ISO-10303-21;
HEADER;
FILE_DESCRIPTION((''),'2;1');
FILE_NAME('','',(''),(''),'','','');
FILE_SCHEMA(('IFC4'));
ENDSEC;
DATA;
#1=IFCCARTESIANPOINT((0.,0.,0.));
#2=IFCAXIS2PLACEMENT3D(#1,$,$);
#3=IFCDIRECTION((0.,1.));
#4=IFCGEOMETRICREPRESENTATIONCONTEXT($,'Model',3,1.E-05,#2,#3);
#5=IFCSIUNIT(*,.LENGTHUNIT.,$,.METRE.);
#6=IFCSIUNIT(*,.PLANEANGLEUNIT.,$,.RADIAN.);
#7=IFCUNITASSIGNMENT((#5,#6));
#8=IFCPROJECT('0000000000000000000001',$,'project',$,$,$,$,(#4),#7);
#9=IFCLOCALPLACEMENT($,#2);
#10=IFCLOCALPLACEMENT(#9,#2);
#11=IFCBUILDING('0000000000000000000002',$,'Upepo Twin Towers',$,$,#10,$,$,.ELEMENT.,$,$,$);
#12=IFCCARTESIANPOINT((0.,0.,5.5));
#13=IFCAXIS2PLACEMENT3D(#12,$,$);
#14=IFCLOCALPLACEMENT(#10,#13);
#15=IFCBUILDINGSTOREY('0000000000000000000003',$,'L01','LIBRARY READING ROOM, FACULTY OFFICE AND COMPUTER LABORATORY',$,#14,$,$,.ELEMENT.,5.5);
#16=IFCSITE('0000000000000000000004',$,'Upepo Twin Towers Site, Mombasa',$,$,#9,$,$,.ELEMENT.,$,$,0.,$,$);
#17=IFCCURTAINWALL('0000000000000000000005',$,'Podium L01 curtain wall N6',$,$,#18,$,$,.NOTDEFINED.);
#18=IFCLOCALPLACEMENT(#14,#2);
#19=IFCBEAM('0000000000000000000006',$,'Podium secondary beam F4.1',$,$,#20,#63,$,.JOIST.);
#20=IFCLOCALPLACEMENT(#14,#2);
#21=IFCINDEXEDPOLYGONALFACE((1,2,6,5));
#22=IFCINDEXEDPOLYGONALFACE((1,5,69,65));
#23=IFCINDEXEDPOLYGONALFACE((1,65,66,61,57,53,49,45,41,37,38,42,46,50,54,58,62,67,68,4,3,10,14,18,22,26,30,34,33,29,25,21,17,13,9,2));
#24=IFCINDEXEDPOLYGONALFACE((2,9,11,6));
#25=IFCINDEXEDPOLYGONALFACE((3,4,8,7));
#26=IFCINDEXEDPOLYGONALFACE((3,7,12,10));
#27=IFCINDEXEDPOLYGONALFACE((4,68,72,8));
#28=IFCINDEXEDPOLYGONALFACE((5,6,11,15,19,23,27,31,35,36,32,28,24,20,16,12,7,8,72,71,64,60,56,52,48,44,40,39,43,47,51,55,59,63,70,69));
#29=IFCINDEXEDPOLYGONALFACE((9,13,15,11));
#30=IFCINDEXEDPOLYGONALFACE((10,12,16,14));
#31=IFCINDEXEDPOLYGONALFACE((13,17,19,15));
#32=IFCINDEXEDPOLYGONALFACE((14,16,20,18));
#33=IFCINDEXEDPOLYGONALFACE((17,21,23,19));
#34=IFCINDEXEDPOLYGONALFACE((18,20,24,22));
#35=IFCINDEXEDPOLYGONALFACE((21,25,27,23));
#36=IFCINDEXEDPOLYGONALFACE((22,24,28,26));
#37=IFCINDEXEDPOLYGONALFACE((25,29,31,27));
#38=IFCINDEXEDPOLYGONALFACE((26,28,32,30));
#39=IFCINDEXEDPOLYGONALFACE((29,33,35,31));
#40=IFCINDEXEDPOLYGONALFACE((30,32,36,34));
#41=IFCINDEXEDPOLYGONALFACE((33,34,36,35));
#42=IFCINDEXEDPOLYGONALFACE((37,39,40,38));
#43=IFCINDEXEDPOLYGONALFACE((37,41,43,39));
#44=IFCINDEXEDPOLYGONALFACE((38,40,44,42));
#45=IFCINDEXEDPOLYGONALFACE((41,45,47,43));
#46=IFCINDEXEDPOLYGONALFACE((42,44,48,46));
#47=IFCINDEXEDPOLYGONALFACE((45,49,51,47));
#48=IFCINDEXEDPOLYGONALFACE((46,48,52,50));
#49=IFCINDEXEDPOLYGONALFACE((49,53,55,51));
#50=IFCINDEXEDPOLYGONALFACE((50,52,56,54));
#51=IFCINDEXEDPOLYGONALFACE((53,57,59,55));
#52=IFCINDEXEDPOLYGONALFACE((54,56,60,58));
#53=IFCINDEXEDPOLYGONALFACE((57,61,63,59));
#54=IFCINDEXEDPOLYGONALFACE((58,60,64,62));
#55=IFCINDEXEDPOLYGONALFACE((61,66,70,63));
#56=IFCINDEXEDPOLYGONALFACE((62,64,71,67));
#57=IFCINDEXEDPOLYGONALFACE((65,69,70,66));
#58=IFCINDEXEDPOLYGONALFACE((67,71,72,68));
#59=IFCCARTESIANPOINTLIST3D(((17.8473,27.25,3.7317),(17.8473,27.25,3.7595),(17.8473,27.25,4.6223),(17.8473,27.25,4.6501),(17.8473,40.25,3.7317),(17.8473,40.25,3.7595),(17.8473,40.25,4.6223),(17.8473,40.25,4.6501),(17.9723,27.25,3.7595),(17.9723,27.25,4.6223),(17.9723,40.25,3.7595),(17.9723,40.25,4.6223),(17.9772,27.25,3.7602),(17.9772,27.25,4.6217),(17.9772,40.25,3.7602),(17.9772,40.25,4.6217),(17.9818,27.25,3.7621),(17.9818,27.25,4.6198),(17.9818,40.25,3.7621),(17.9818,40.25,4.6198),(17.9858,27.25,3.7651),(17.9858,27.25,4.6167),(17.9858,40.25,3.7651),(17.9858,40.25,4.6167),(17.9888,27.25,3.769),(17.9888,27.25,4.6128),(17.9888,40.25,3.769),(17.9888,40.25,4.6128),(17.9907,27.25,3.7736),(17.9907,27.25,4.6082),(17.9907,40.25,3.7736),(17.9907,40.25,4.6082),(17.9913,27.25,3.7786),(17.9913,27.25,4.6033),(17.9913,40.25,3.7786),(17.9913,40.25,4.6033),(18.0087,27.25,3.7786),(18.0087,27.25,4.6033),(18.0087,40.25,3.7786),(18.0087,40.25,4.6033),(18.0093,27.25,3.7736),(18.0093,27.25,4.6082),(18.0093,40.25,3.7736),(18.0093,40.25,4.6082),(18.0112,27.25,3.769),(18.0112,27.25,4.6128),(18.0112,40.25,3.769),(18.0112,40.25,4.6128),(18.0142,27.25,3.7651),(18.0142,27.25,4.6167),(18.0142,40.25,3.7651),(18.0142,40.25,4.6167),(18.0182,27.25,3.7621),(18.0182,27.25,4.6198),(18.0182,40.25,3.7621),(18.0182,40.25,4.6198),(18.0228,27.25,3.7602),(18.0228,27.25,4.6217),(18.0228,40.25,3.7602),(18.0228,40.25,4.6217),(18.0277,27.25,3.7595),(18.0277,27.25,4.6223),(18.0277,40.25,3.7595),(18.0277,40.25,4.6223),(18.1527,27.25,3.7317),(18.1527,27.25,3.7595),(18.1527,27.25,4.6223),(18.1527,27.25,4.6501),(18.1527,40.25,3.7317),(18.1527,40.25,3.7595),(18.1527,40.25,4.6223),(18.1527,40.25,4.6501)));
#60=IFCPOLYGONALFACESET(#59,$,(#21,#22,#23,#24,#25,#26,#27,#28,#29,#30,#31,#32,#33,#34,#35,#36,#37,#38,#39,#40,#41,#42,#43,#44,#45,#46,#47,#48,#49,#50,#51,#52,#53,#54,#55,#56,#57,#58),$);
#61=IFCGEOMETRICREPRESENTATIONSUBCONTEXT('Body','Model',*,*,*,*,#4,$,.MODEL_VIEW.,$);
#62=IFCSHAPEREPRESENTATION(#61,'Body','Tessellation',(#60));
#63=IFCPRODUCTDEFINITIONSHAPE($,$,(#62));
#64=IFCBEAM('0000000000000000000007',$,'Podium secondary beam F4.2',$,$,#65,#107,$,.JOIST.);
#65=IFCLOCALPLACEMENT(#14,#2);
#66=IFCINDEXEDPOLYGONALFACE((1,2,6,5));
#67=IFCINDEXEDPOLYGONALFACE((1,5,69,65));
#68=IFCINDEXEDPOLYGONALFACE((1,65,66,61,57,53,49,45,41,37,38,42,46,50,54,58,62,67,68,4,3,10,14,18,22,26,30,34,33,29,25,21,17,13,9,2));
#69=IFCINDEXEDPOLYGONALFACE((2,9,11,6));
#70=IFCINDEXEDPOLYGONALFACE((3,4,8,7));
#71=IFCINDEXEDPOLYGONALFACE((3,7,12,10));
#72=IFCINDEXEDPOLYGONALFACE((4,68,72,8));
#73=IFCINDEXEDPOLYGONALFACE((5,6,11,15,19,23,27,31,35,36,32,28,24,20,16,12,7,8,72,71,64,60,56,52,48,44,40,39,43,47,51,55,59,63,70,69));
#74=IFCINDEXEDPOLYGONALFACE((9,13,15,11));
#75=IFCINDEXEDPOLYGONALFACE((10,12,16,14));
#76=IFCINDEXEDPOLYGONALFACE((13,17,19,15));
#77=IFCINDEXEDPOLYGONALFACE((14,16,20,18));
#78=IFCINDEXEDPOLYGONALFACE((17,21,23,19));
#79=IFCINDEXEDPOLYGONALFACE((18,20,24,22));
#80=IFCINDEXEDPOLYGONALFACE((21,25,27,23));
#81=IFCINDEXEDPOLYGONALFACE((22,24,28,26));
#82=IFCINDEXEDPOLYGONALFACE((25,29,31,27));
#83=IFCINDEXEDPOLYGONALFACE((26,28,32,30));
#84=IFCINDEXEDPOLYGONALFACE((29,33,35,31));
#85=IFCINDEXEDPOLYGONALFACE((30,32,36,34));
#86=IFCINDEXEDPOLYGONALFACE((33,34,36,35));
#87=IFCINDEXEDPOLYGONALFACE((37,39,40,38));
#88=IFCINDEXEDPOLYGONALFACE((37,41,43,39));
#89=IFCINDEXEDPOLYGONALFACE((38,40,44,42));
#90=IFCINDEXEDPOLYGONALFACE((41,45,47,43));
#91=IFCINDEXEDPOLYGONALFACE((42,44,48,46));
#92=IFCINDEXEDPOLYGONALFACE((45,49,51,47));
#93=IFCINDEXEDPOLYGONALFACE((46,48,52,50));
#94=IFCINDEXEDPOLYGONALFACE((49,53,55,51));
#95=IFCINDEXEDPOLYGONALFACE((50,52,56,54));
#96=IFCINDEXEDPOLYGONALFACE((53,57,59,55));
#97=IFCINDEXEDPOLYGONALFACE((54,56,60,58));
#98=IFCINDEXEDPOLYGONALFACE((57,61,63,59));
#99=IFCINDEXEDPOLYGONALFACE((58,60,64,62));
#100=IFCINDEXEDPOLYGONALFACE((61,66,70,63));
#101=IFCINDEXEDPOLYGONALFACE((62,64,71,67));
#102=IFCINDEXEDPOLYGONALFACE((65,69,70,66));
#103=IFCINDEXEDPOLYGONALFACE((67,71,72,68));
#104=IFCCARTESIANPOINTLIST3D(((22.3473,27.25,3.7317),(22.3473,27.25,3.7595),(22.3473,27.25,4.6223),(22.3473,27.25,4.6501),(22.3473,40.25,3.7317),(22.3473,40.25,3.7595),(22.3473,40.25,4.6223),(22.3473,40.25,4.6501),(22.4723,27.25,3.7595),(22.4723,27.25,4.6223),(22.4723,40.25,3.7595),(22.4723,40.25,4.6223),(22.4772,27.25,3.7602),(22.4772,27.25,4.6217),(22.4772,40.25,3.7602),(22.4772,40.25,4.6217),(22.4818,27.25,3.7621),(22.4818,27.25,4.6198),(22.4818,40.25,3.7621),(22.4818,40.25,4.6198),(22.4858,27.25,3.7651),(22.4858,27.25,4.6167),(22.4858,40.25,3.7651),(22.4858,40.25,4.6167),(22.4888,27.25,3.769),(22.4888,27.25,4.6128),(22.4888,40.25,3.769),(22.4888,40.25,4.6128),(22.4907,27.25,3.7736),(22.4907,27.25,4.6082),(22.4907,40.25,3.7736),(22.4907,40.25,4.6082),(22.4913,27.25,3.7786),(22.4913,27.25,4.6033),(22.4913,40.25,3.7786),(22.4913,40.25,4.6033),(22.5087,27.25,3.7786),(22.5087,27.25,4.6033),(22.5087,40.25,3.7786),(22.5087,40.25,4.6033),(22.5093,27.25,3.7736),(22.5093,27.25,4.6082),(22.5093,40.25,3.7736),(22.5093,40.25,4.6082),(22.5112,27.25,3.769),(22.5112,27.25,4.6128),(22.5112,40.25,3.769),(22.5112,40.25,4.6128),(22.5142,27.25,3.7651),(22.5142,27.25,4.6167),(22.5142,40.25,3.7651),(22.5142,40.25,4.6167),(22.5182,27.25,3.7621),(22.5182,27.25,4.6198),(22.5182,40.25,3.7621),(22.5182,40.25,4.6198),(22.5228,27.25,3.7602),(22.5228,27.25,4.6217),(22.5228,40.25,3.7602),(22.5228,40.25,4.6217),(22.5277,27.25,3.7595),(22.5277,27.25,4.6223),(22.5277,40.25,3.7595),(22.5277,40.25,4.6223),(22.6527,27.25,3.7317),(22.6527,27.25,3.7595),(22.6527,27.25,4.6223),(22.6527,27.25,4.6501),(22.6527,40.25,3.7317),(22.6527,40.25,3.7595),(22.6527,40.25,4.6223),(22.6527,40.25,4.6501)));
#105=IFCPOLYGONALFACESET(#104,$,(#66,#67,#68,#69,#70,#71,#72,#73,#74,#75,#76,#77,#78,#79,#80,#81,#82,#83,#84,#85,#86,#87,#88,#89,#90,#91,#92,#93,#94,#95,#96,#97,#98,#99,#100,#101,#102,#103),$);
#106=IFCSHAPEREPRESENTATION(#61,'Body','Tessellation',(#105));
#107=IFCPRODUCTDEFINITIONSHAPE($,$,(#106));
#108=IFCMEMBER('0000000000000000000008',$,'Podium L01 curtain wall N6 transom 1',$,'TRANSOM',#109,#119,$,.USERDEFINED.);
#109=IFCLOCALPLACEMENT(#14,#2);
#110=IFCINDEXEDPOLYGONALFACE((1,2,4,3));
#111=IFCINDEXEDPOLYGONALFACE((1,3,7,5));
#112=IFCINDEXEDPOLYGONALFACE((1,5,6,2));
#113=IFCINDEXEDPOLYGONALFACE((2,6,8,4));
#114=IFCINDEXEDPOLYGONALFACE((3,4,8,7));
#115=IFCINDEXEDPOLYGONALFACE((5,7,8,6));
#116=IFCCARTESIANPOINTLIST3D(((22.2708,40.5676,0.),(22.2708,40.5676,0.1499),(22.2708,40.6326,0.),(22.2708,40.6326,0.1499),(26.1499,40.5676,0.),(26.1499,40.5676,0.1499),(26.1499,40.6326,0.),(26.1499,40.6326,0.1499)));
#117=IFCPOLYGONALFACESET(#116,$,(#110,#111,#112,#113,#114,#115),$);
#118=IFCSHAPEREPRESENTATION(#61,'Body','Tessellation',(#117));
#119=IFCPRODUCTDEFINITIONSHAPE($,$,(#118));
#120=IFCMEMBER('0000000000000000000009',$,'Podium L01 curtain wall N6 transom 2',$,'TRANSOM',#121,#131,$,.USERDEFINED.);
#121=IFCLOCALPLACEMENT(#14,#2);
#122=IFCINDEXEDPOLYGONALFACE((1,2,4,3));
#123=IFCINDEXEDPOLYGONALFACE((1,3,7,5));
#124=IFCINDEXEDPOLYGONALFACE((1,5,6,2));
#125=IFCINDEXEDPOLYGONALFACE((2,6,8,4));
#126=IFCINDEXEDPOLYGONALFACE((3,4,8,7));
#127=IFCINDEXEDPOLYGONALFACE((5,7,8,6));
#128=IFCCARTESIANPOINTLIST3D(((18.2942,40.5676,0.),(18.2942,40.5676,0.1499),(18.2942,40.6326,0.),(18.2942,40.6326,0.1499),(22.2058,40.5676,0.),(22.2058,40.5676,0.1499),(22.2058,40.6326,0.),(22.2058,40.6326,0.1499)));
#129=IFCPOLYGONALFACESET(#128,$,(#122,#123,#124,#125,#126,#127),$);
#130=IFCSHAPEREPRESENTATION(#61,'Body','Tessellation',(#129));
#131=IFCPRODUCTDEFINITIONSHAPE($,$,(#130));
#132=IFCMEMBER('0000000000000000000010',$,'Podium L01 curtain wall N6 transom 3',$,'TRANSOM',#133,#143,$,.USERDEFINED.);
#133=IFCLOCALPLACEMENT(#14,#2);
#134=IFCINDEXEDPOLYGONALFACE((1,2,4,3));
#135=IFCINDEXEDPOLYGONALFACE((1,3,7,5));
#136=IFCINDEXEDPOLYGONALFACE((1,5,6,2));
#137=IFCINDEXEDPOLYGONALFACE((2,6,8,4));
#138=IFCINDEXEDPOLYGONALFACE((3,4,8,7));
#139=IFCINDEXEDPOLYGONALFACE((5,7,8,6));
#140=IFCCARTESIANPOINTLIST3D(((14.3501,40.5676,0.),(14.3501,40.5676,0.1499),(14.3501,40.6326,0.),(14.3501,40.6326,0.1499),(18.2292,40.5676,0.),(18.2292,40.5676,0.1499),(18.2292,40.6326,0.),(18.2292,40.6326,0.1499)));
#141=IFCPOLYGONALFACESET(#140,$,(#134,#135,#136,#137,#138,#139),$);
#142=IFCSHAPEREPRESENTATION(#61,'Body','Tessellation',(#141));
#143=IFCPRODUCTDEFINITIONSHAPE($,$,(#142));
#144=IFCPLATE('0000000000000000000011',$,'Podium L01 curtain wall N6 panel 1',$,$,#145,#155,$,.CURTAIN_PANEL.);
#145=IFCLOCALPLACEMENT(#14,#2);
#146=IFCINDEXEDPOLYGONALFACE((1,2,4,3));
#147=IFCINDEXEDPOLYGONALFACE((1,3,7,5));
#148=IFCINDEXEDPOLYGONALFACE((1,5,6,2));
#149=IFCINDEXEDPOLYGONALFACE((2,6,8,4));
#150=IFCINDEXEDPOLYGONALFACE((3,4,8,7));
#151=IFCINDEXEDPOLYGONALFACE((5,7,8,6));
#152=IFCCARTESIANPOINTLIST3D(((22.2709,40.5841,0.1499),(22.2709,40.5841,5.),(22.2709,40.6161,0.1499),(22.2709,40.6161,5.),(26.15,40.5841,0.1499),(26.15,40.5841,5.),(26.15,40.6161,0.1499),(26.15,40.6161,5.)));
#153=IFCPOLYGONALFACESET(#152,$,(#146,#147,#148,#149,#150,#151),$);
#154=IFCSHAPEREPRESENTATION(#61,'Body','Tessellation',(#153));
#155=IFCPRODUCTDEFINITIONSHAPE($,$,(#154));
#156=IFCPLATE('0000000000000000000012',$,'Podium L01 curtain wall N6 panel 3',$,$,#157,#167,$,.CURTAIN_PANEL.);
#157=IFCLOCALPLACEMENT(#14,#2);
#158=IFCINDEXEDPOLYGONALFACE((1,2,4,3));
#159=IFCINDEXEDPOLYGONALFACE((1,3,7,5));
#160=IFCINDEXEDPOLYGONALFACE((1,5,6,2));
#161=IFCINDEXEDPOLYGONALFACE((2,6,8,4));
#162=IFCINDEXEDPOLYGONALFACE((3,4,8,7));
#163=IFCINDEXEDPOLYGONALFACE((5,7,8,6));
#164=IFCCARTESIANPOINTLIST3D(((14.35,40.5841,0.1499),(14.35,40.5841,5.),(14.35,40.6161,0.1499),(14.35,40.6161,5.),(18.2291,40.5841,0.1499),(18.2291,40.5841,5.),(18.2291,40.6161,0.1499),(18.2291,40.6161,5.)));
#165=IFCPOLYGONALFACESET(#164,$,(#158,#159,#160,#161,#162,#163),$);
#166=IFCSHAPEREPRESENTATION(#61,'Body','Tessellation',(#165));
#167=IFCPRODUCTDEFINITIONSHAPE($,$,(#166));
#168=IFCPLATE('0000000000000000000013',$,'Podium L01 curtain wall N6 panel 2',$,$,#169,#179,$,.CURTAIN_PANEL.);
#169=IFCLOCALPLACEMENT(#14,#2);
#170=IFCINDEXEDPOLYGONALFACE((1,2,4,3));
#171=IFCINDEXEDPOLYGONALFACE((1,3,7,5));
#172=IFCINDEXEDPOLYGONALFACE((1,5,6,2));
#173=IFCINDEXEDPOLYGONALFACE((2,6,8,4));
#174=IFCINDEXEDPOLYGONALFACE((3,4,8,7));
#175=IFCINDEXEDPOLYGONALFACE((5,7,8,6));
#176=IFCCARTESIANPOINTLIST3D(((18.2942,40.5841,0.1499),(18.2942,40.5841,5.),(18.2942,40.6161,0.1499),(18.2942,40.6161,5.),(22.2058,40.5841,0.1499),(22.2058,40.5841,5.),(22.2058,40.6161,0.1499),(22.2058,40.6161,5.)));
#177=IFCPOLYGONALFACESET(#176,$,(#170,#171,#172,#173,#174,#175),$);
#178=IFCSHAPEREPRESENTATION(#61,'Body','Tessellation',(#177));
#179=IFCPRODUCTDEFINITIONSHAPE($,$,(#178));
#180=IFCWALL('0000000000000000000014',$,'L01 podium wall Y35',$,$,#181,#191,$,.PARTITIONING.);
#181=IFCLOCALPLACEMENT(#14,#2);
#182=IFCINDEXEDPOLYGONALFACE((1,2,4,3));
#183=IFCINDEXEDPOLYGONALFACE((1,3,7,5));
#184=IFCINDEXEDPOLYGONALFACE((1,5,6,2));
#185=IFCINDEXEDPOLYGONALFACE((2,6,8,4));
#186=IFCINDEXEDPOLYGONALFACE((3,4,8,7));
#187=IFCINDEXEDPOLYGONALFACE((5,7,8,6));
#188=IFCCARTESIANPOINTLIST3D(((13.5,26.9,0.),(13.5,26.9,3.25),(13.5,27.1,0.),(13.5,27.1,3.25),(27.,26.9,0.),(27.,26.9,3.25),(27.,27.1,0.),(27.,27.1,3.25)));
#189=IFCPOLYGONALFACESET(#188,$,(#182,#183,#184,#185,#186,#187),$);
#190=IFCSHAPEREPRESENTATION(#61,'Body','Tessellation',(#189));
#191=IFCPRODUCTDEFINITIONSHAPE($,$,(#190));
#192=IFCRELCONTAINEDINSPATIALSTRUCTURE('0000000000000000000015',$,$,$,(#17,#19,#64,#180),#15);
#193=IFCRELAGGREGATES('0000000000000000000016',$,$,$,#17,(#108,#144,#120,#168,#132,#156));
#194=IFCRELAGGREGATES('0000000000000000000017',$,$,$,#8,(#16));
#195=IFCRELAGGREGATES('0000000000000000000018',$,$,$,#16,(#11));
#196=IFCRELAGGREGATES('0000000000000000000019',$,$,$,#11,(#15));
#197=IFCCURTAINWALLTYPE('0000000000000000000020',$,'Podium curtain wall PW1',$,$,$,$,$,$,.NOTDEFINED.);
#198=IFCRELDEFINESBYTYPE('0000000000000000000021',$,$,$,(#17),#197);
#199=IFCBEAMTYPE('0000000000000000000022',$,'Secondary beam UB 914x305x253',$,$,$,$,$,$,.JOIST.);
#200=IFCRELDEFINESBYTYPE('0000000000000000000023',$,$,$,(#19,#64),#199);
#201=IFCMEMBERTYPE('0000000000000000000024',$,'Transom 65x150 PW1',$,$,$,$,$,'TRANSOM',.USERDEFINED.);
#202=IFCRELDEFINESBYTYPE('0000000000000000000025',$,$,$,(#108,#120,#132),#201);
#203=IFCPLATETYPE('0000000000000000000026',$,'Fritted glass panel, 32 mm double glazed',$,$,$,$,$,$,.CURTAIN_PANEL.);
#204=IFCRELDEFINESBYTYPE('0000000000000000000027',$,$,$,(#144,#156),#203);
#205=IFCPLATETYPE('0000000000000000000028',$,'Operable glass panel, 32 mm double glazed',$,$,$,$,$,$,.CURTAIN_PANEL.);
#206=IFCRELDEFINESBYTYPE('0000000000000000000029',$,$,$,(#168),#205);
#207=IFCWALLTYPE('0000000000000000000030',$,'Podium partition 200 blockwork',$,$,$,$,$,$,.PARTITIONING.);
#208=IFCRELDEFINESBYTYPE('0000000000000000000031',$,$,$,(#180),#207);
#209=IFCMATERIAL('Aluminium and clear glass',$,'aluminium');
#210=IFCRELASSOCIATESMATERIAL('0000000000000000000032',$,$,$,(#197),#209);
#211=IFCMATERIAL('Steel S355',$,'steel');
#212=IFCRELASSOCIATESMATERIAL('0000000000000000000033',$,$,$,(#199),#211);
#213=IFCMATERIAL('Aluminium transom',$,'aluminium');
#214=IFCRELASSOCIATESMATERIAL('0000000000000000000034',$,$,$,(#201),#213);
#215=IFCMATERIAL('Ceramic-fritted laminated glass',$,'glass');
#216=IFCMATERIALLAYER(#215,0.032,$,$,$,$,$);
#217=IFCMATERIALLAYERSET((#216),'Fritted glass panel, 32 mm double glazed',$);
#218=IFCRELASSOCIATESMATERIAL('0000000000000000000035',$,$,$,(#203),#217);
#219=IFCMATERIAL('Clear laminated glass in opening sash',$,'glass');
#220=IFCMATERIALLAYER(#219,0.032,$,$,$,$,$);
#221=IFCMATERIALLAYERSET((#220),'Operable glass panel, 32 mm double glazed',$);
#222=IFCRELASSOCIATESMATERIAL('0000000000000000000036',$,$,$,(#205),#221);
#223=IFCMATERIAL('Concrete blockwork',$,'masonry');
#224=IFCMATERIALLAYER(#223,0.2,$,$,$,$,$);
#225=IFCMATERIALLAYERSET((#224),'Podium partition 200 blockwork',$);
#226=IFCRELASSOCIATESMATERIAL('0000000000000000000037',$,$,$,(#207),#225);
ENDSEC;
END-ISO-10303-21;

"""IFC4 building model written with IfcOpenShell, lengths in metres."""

from ifc_helpers import new_model, si_unit, direction, frame, frame_2d, origin, origin_2d, place, context, subcontext, project, spatial, rectangle, i_section, extrude, material, layer, layer_set, material_profile, profile_set, type_object, element, aggregate, save


model = new_model("IFC4")

# Units and contexts
model_context = context("Model", 3, precision=1e-05, world=origin(), true_north=direction((0.0, 1.0)))
body_context = subcontext(model_context, "Body", "Model", "MODEL_VIEW")
ifc_project = project(units=[si_unit("LENGTHUNIT", "METRE"), si_unit("PLANEANGLEUNIT", "RADIAN")], contexts=[model_context])

# Site, building, storey
site_placement = place(None, origin())
site = spatial("IfcSite", under=ifc_project, at=site_placement, Name="Upepo Twin Towers Site, Mombasa", CompositionType="ELEMENT", RefElevation=0.0)
building_placement = place(site_placement, origin())
building = spatial("IfcBuilding", under=site, at=building_placement, Name="Upepo Twin Towers", CompositionType="ELEMENT")
storey_placement = place(building_placement, frame((0.0, 0.0, 5.5)))
storey = spatial("IfcBuildingStorey", under=building, at=storey_placement, Name="L01", Description="LIBRARY READING ROOM, FACULTY OFFICE AND COMPUTER LABORATORY", CompositionType="ELEMENT", Elevation=5.5)

# Curtain wall
ifc_material_1 = material(Name="Aluminium and clear glass", Category="aluminium")
curtain_wall_type = type_object("IfcCurtainWallType", Name="Podium curtain wall PW1", PredefinedType="NOTDEFINED", material=ifc_material_1)
curtain_wall_placement = place(storey_placement, origin())
curtain_wall = element("IfcCurtainWall", 1, at=curtain_wall_placement, inside=storey, type_object=curtain_wall_type, Name="Podium L01 curtain wall N6", PredefinedType="NOTDEFINED")

# Beams
ifc_material_2 = material(Name="Steel S355", Category="steel")
ifc_material_profile_1 = material_profile(ifc_material_2, i_section(OverallWidth=0.3054, OverallDepth=0.9185, WebThickness=0.0173, FlangeThickness=0.0278, FilletRadius=0.019, at=origin_2d()), Name="UB 914x305x253")
ifc_profile_set_1 = profile_set([ifc_material_profile_1], Name="Steel S355")
beam_type_1 = type_object("IfcBeamType", Name="Secondary beam UB 914x305x253", PredefinedType="JOIST", material=ifc_profile_set_1)
for number, where, z_axis, x_axis, name in (
    (2, (18.0, 27.25, 4.1909), (0.0, 1.0, 0.0), (-1.0, 0.0, 0.0), "Podium secondary beam F4.1"),
    (3, (22.5, 27.25, 4.1909), (0.0, 1.0, 0.0), (-1.0, 0.0, 0.0), "Podium secondary beam F4.2"),
):
    element("IfcBeam", number, at=place(storey_placement, frame(where, z_axis=z_axis, x_axis=x_axis)), inside=storey, type_object=beam_type_1, Name=name, PredefinedType="JOIST", context=body_context, shape_type="SweptSolid", body=[
        extrude(i_section(OverallWidth=0.3054, OverallDepth=0.9185, WebThickness=0.0173, FlangeThickness=0.0278, FilletRadius=0.019, at=origin_2d()), origin(), (0.0, 0.0, 1.0), 13.0),
    ])

# Members
ifc_material_3 = material(Name="Aluminium transom", Category="aluminium")
ifc_material_profile_2 = material_profile(ifc_material_3, rectangle(XDim=0.0649, YDim=0.1499, at=origin_2d()), Name="TRANSOM 65x150 PODIUM")
ifc_profile_set_2 = profile_set([ifc_material_profile_2], Name="Aluminium transom")
member_type_1 = type_object("IfcMemberType", Name="Transom 65x150 PW1", ElementType="TRANSOM", PredefinedType="USERDEFINED", material=ifc_profile_set_2)
member_1_placement = place(storey_placement, frame((26.1499, 40.6001, 0.075), z_axis=(-1.0, 0.0, 0.0), x_axis=(0.0, -1.0, 0.0)))
member_1 = element("IfcMember", 4, at=member_1_placement, type_object=member_type_1, Name="Podium L01 curtain wall N6 transom 1", ObjectType="TRANSOM", PredefinedType="USERDEFINED", context=body_context, shape_type="SweptSolid", body=[
    extrude(rectangle(XDim=0.0649, YDim=0.1499, at=origin_2d()), origin(), (0.0, 0.0, 1.0), 3.8792),
])
member_2_placement = place(storey_placement, frame((22.2058, 40.6001, 0.075), z_axis=(-1.0, 0.0, 0.0), x_axis=(0.0, -1.0, 0.0)))
member_2 = element("IfcMember", 5, at=member_2_placement, type_object=member_type_1, Name="Podium L01 curtain wall N6 transom 2", ObjectType="TRANSOM", PredefinedType="USERDEFINED", context=body_context, shape_type="SweptSolid", body=[
    extrude(rectangle(XDim=0.0649, YDim=0.1499, at=origin_2d()), origin(), (0.0, 0.0, 1.0), 3.9116),
])
member_3_placement = place(storey_placement, frame((18.2292, 40.6001, 0.075), z_axis=(-1.0, 0.0, 0.0), x_axis=(0.0, -1.0, 0.0)))
member_3 = element("IfcMember", 6, at=member_3_placement, type_object=member_type_1, Name="Podium L01 curtain wall N6 transom 3", ObjectType="TRANSOM", PredefinedType="USERDEFINED", context=body_context, shape_type="SweptSolid", body=[
    extrude(rectangle(XDim=0.0649, YDim=0.1499, at=origin_2d()), origin(), (0.0, 0.0, 1.0), 3.8792),
])

# Plates
ifc_material_4 = material(Name="Ceramic-fritted laminated glass", Category="glass")
ifc_layer_1 = layer(ifc_material_4, 0.032)
ifc_layer_set_1 = layer_set([ifc_layer_1], Name="Fritted glass panel, 32 mm double glazed")
plate_type_1 = type_object("IfcPlateType", Name="Fritted glass panel, 32 mm double glazed", PredefinedType="CURTAIN_PANEL", material=ifc_layer_set_1)
plate_1_placement = place(storey_placement, frame((24.2104, 40.6001, 0.1499), z_axis=(0.0, 0.0, 1.0), x_axis=(-1.0, 0.0, 0.0)))
plate_1 = element("IfcPlate", 7, at=plate_1_placement, type_object=plate_type_1, Name="Podium L01 curtain wall N6 panel 1", PredefinedType="CURTAIN_PANEL", context=body_context, shape_type="SweptSolid", body=[
    extrude(rectangle(XDim=3.8792, YDim=0.032, at=origin_2d()), origin(), (0.0, 0.0, 1.0), 4.8501),
])
plate_2_placement = place(storey_placement, frame((16.2896, 40.6001, 0.1499), z_axis=(0.0, 0.0, 1.0), x_axis=(-1.0, 0.0, 0.0)))
plate_2 = element("IfcPlate", 8, at=plate_2_placement, type_object=plate_type_1, Name="Podium L01 curtain wall N6 panel 3", PredefinedType="CURTAIN_PANEL", context=body_context, shape_type="SweptSolid", body=[
    extrude(rectangle(XDim=3.8792, YDim=0.032, at=origin_2d()), origin(), (0.0, 0.0, 1.0), 4.8501),
])
ifc_material_5 = material(Name="Clear laminated glass in opening sash", Category="glass")
ifc_layer_2 = layer(ifc_material_5, 0.032)
ifc_layer_set_2 = layer_set([ifc_layer_2], Name="Operable glass panel, 32 mm double glazed")
plate_type_2 = type_object("IfcPlateType", Name="Operable glass panel, 32 mm double glazed", PredefinedType="CURTAIN_PANEL", material=ifc_layer_set_2)
plate_3_placement = place(storey_placement, frame((20.25, 40.6001, 0.1499), z_axis=(0.0, 0.0, 1.0), x_axis=(-1.0, 0.0, 0.0)))
plate_3 = element("IfcPlate", 9, at=plate_3_placement, type_object=plate_type_2, Name="Podium L01 curtain wall N6 panel 2", PredefinedType="CURTAIN_PANEL", context=body_context, shape_type="SweptSolid", body=[
    extrude(rectangle(XDim=3.9116, YDim=0.032, at=origin_2d()), origin(), (0.0, 0.0, 1.0), 4.8501),
])
aggregate(curtain_wall, [member_1, plate_1, member_2, plate_3, member_3, plate_2])

# Wall
ifc_material_6 = material(Name="Concrete blockwork", Category="masonry")
ifc_layer_3 = layer(ifc_material_6, 0.2)
ifc_layer_set_3 = layer_set([ifc_layer_3], Name="Podium partition 200 blockwork")
wall_type = type_object("IfcWallType", Name="Podium partition 200 blockwork", PredefinedType="PARTITIONING", material=ifc_layer_set_3)
wall_1_placement = place(storey_placement, frame((13.5, 27.0, 0.0), z_axis=(0.0, 0.0, 1.0), x_axis=(1.0, 0.0, 0.0)))
element("IfcWall", 10, at=wall_1_placement, inside=storey, type_object=wall_type, Name="L01 podium wall Y35", PredefinedType="PARTITIONING", context=body_context, shape_type="SweptSolid", body=[
    extrude(rectangle(XDim=13.5, YDim=0.2, at=frame_2d((6.75, 0.0))), origin(), (0.0, 0.0, 1.0), 3.25),
])

save(model, "model.ifc")
